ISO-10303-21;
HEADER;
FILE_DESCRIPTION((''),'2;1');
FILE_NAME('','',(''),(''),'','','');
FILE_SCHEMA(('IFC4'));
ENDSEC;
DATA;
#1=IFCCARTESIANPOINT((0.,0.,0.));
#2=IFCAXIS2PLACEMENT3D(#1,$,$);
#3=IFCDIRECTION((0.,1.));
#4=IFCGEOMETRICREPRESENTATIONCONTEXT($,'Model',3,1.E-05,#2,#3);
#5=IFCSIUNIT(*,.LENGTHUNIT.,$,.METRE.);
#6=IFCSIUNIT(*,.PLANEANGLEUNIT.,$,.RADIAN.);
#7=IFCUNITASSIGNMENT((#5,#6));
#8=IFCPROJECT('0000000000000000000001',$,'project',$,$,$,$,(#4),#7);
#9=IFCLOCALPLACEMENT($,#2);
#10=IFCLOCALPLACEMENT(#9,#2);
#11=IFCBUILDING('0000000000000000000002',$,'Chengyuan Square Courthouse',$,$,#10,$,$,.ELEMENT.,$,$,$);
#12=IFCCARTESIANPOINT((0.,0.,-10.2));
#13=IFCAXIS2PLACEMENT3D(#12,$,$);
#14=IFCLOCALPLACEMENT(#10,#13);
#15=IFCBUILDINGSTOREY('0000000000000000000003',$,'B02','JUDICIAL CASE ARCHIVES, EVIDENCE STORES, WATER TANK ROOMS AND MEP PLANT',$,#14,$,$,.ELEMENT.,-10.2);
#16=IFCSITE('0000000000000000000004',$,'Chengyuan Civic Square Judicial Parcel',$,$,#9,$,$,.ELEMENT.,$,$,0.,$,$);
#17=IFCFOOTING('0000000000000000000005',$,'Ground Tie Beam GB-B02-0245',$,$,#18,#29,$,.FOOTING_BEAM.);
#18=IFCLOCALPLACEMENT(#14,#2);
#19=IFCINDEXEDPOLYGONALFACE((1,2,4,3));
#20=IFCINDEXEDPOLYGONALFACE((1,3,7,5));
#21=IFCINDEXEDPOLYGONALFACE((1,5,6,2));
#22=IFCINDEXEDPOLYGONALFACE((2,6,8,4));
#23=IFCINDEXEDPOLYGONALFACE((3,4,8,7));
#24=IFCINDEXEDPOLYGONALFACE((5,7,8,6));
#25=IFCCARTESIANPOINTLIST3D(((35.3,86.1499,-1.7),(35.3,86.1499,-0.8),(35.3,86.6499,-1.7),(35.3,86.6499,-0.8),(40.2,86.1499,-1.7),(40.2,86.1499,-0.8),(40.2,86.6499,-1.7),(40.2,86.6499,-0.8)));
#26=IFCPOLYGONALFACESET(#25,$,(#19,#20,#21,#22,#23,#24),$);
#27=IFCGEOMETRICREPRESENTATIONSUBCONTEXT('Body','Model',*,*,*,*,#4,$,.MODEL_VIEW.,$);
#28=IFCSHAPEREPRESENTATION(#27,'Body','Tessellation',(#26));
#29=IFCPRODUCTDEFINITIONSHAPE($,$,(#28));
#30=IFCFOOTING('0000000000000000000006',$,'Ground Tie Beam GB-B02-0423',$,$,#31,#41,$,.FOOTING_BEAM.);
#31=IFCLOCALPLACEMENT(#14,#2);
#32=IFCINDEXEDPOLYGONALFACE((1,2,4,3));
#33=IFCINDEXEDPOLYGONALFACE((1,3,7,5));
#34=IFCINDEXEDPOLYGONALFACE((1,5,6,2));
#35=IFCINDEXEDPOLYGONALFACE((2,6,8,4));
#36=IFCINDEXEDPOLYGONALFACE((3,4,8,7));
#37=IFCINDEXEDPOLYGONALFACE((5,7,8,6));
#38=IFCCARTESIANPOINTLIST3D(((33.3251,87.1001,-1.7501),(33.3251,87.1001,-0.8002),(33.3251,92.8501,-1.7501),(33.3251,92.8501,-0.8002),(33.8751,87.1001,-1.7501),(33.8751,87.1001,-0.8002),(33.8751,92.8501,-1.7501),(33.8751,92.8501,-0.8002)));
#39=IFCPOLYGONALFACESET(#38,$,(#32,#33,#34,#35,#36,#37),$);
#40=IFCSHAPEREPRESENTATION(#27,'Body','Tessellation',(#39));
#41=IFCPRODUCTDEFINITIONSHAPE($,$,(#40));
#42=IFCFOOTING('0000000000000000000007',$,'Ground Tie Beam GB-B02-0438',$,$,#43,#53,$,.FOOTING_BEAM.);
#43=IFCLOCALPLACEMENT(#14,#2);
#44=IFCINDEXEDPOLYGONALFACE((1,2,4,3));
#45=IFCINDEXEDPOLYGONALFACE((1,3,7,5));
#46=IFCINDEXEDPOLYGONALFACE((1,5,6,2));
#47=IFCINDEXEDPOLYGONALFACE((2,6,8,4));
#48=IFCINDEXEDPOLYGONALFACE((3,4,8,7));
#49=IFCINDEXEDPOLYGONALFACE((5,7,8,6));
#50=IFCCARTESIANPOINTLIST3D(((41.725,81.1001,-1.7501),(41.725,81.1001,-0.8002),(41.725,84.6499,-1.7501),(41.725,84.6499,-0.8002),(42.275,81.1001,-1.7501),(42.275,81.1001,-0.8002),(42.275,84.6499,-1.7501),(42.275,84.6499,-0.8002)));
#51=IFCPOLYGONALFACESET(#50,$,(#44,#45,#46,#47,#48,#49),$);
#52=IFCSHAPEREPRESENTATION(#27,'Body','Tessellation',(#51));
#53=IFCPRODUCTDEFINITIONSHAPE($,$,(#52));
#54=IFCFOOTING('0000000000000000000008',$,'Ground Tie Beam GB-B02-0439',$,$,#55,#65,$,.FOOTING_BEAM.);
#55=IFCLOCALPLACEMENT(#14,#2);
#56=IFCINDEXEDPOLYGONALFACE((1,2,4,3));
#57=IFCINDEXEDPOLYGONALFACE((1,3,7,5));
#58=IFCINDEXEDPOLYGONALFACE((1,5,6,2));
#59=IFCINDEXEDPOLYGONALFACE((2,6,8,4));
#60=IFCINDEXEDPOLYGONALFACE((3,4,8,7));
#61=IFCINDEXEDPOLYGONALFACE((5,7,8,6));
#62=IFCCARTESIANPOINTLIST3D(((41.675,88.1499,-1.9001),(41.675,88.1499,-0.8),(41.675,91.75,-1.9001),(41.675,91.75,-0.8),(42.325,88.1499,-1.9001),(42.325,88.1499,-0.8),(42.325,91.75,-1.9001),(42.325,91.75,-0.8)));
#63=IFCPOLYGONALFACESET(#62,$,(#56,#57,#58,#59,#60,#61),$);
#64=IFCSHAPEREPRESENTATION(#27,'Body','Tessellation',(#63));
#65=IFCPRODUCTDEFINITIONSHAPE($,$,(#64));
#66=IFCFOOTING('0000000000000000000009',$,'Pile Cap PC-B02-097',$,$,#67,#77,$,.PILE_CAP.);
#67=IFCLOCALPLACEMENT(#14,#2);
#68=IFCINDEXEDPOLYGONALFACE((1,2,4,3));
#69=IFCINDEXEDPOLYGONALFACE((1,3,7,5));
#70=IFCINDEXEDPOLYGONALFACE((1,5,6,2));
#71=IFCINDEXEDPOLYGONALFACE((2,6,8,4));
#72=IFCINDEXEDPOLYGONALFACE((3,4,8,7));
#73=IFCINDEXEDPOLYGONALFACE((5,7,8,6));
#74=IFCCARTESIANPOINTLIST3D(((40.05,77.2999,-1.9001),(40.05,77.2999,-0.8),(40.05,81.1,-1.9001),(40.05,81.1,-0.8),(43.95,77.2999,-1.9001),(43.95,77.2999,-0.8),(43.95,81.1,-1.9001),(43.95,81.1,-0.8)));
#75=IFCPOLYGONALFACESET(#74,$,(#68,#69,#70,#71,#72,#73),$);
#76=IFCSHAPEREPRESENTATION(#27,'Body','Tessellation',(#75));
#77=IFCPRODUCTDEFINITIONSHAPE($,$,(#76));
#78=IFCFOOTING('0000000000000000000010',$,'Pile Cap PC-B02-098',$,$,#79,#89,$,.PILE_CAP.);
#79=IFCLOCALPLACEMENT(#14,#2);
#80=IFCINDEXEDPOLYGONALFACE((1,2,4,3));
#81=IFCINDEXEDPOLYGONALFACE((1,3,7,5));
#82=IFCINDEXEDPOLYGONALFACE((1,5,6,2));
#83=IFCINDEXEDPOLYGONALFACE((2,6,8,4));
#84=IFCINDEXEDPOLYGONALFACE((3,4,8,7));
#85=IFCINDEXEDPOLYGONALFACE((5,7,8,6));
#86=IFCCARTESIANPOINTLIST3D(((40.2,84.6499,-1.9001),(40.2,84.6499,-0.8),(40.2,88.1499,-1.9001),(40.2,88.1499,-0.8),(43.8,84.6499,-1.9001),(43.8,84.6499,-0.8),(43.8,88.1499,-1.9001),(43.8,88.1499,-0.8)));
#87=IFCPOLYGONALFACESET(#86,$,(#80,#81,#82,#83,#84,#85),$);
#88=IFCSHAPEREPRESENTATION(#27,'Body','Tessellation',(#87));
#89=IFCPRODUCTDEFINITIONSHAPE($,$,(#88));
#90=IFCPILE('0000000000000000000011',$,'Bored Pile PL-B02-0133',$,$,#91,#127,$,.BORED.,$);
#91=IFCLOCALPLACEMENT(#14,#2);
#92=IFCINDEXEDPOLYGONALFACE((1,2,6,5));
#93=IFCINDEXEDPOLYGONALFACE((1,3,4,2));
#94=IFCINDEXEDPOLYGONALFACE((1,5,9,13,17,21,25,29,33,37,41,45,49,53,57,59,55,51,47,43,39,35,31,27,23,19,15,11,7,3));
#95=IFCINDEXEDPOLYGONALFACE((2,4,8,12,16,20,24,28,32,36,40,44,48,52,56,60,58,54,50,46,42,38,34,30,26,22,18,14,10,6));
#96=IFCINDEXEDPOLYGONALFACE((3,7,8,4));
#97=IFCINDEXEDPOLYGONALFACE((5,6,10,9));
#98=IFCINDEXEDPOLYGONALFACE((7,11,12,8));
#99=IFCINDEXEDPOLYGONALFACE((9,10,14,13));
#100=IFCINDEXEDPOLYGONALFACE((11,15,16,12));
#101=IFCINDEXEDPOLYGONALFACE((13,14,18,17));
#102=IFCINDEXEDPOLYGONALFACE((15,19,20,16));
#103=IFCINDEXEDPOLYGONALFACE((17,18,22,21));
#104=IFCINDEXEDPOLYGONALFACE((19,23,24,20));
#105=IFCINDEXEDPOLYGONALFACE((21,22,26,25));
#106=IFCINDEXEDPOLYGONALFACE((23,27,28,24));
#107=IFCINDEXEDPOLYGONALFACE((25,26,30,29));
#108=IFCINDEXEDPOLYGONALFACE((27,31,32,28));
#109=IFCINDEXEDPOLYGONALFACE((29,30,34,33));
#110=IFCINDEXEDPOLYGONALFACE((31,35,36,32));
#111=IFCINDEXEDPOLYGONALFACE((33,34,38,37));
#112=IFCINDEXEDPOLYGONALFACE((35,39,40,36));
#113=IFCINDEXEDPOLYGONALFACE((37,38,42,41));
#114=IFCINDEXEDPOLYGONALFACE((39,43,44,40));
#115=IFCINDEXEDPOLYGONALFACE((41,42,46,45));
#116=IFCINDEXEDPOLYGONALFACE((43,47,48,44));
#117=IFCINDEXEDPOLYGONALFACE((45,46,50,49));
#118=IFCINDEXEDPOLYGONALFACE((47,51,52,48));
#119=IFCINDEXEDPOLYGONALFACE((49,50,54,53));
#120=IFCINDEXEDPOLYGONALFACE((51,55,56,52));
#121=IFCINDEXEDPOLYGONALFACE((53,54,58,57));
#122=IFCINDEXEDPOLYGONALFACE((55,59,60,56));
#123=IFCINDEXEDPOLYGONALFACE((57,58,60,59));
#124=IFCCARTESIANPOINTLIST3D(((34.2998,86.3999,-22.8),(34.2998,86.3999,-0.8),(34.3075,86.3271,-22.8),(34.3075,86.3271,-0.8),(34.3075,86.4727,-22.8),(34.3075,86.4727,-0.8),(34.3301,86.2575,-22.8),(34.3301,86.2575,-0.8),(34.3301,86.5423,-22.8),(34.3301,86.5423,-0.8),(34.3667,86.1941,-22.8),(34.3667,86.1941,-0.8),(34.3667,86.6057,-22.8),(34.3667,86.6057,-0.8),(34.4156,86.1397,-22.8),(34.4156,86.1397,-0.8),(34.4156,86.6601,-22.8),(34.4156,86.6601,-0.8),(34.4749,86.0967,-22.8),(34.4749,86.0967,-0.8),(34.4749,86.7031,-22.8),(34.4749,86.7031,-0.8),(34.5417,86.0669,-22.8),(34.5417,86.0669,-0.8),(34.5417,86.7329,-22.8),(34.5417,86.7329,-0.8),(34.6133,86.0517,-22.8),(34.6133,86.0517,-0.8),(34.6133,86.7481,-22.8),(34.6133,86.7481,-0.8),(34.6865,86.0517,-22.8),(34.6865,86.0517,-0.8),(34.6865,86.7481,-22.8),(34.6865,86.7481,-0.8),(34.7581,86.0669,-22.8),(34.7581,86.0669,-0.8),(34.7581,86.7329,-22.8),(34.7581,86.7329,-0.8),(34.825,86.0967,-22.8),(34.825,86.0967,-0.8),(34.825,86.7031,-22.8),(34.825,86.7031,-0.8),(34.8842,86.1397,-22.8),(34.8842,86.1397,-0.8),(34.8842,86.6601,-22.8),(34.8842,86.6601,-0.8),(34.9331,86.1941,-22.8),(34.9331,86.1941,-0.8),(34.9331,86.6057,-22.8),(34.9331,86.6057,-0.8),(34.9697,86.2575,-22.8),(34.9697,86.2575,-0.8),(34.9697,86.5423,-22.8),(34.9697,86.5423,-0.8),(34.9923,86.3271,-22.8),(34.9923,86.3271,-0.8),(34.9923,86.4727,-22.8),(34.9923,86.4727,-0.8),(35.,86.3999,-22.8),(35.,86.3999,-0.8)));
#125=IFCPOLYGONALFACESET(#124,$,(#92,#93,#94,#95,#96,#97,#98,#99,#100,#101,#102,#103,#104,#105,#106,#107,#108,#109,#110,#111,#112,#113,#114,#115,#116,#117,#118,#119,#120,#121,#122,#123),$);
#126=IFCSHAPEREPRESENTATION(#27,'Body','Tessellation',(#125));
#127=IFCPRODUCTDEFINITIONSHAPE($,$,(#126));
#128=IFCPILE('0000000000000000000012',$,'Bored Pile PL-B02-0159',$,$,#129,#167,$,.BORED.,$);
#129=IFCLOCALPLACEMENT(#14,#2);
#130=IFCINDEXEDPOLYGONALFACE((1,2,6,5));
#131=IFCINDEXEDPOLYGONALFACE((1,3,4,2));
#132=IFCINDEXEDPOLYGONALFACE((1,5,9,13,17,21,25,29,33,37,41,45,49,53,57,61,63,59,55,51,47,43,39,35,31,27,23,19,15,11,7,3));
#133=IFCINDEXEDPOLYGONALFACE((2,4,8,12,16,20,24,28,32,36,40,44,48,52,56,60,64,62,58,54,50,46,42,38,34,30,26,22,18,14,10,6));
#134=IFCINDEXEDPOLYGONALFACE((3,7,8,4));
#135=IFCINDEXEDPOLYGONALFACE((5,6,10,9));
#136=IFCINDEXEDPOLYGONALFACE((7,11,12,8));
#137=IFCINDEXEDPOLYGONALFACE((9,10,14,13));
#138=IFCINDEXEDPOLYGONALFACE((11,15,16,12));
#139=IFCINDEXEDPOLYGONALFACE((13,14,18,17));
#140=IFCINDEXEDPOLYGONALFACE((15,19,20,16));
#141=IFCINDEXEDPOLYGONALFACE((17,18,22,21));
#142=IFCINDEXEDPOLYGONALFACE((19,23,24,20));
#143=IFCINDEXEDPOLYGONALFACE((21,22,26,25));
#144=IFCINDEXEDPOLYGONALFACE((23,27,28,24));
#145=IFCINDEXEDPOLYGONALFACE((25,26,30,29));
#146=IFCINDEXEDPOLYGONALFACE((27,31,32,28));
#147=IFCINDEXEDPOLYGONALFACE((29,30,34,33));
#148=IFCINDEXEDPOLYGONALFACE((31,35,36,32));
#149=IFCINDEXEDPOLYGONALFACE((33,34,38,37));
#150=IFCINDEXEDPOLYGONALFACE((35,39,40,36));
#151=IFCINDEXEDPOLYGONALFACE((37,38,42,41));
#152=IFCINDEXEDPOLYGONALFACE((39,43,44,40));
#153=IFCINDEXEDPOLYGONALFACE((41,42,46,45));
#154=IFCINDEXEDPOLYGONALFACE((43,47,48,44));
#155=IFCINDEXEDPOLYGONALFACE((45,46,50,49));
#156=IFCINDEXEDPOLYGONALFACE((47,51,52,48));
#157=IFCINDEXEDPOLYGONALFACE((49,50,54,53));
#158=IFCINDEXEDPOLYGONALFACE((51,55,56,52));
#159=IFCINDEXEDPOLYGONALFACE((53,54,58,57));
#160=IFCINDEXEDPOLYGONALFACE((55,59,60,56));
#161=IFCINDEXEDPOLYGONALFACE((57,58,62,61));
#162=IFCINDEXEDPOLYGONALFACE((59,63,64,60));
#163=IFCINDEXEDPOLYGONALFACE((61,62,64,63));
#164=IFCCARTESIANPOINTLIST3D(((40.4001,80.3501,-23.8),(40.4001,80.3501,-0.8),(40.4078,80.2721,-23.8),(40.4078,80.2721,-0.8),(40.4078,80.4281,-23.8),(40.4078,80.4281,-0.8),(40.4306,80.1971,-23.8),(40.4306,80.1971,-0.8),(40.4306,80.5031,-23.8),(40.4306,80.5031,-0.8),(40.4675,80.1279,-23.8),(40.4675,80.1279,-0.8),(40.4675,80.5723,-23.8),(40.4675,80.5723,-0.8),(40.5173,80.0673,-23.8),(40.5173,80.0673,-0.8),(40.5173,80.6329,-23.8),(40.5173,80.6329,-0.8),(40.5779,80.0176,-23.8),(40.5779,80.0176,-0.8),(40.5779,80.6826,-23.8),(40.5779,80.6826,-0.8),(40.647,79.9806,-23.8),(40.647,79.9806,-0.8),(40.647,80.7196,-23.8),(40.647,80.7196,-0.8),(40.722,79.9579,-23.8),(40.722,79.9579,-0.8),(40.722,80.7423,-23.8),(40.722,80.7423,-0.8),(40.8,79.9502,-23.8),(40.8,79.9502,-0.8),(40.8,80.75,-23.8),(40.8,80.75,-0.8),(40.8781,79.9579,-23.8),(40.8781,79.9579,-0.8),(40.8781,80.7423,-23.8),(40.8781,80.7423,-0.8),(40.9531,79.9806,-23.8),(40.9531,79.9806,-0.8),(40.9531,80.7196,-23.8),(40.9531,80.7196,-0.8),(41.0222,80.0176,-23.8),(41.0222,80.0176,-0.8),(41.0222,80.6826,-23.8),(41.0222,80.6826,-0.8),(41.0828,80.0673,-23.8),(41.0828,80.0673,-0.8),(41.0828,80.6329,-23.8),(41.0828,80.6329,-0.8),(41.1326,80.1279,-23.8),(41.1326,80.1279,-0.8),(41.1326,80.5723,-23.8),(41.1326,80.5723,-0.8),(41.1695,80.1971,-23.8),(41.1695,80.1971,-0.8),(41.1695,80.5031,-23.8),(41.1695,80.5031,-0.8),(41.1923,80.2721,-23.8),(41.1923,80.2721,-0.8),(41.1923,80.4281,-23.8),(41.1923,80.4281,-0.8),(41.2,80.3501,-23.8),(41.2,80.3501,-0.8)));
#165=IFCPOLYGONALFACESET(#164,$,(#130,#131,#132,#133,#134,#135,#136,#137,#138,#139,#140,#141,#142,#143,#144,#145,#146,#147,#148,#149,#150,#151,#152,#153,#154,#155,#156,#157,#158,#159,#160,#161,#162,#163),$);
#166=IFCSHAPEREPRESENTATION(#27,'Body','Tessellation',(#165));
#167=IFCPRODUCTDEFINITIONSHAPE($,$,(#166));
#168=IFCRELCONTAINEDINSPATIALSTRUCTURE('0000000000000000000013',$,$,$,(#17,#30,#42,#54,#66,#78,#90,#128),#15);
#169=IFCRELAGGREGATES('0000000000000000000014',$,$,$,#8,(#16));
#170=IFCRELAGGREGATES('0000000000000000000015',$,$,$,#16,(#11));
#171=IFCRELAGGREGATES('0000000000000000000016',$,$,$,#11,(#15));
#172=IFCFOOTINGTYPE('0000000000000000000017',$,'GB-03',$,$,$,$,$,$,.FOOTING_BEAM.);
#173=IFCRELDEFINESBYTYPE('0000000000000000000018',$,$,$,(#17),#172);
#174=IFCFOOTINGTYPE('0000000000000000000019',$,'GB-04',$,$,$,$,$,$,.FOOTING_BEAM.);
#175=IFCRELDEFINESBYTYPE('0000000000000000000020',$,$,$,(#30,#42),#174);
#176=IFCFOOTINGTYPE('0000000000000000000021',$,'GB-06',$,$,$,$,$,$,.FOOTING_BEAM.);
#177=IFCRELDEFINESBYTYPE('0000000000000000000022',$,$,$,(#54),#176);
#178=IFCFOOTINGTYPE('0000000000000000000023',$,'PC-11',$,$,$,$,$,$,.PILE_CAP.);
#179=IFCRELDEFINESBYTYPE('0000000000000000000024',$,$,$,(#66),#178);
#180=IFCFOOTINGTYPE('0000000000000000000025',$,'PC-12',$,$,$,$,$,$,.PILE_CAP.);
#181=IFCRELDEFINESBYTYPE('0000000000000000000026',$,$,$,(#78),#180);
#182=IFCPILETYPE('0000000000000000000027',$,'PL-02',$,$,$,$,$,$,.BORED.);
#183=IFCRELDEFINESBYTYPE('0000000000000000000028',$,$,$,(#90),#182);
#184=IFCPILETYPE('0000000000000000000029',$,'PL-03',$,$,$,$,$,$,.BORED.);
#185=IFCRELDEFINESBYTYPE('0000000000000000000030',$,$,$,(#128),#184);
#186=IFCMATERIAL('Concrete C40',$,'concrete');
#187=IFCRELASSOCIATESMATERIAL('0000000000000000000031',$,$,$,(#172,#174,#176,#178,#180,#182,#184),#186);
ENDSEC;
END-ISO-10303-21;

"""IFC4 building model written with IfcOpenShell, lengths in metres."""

from ifc_helpers import new_model, si_unit, direction, frame, origin, origin_2d, place, context, subcontext, project, spatial, rectangle, circle, extrude, material, material_profile, profile_set, type_object, element, save


model = new_model("IFC4")

# Units and contexts
model_context = context("Model", 3, precision=1e-05, world=origin(), true_north=direction((0.0, 1.0)))
body_context = subcontext(model_context, "Body", "Model", "MODEL_VIEW")
ifc_project = project(units=[si_unit("LENGTHUNIT", "METRE"), si_unit("PLANEANGLEUNIT", "RADIAN")], contexts=[model_context])

# Site, building, storey
site_placement = place(None, origin())
site = spatial("IfcSite", under=ifc_project, at=site_placement, Name="Chengyuan Civic Square Judicial Parcel", CompositionType="ELEMENT", RefElevation=0.0)
building_placement = place(site_placement, origin())
building = spatial("IfcBuilding", under=site, at=building_placement, Name="Chengyuan Square Courthouse", CompositionType="ELEMENT")
storey_placement = place(building_placement, frame((0.0, 0.0, -10.2)))
storey = spatial("IfcBuildingStorey", under=building, at=storey_placement, Name="B02", Description="JUDICIAL CASE ARCHIVES, EVIDENCE STORES, WATER TANK ROOMS AND MEP PLANT", CompositionType="ELEMENT", Elevation=-10.2)

# Footings
ifc_material_1 = material(Name="Concrete C40", Category="concrete")
ifc_material_profile_1 = material_profile(ifc_material_1, rectangle(XDim=0.5, YDim=0.8999, at=origin_2d()), Name="GB-500x900")
ifc_profile_set_1 = profile_set([ifc_material_profile_1], Name="Concrete C40")
footing_type_1 = type_object("IfcFootingType", Name="GB-03", PredefinedType="FOOTING_BEAM", material=ifc_profile_set_1)
footing_1_placement = place(storey_placement, frame((35.3, 86.3999, -1.25), z_axis=(1.0, 0.0, 0.0), x_axis=(0.0, 1.0, 0.0)))
element("IfcFooting", 1, at=footing_1_placement, inside=storey, type_object=footing_type_1, Name="Ground Tie Beam GB-B02-0245", PredefinedType="FOOTING_BEAM", context=body_context, shape_type="SweptSolid", body=[
    extrude(rectangle(XDim=0.5, YDim=0.8999, at=origin_2d()), origin(), (0.0, 0.0, 1.0), 4.8999),
])
ifc_material_profile_2 = material_profile(ifc_material_1, rectangle(XDim=0.55, YDim=0.95, at=origin_2d()), Name="GB-550x950")
ifc_profile_set_2 = profile_set([ifc_material_profile_2], Name="Concrete C40")
footing_type_2 = type_object("IfcFootingType", Name="GB-04", PredefinedType="FOOTING_BEAM", material=ifc_profile_set_2)
footing_2_placement = place(storey_placement, frame((33.6001, 87.1001, -1.2751), z_axis=(0.0, 1.0, 0.0), x_axis=(-1.0, 0.0, 0.0)))
element("IfcFooting", 2, at=footing_2_placement, inside=storey, type_object=footing_type_2, Name="Ground Tie Beam GB-B02-0423", PredefinedType="FOOTING_BEAM", context=body_context, shape_type="SweptSolid", body=[
    extrude(rectangle(XDim=0.55, YDim=0.95, at=origin_2d()), origin(), (0.0, 0.0, 1.0), 5.75),
])
footing_3_placement = place(storey_placement, frame((42.0, 81.1001, -1.2751), z_axis=(0.0, 1.0, 0.0), x_axis=(-1.0, 0.0, 0.0)))
element("IfcFooting", 3, at=footing_3_placement, inside=storey, type_object=footing_type_2, Name="Ground Tie Beam GB-B02-0438", PredefinedType="FOOTING_BEAM", context=body_context, shape_type="SweptSolid", body=[
    extrude(rectangle(XDim=0.55, YDim=0.95, at=origin_2d()), origin(), (0.0, 0.0, 1.0), 3.5498),
])
ifc_material_profile_3 = material_profile(ifc_material_1, rectangle(XDim=0.6499, YDim=1.1001, at=origin_2d()), Name="GB-650x1100")
ifc_profile_set_3 = profile_set([ifc_material_profile_3], Name="Concrete C40")
footing_type_3 = type_object("IfcFootingType", Name="GB-06", PredefinedType="FOOTING_BEAM", material=ifc_profile_set_3)
footing_4_placement = place(storey_placement, frame((42.0, 88.1499, -1.3501), z_axis=(0.0, 1.0, 0.0), x_axis=(-1.0, 0.0, 0.0)))
element("IfcFooting", 4, at=footing_4_placement, inside=storey, type_object=footing_type_3, Name="Ground Tie Beam GB-B02-0439", PredefinedType="FOOTING_BEAM", context=body_context, shape_type="SweptSolid", body=[
    extrude(rectangle(XDim=0.6499, YDim=1.1001, at=origin_2d()), origin(), (0.0, 0.0, 1.0), 3.6001),
])
footing_type_4 = type_object("IfcFootingType", Name="PC-11", PredefinedType="PILE_CAP", material=ifc_material_1)
footing_5_placement = place(storey_placement, frame((42.0, 79.2, -1.9001), z_axis=(0.0, 0.0, 1.0), x_axis=(1.0, 0.0, 0.0)))
element("IfcFooting", 5, at=footing_5_placement, inside=storey, type_object=footing_type_4, Name="Pile Cap PC-B02-097", PredefinedType="PILE_CAP", context=body_context, shape_type="SweptSolid", body=[
    extrude(rectangle(XDim=3.8999, YDim=3.8, at=origin_2d()), origin(), (0.0, 0.0, 1.0), 1.1001),
])
footing_type_5 = type_object("IfcFootingType", Name="PC-12", PredefinedType="PILE_CAP", material=ifc_material_1)
footing_6_placement = place(storey_placement, frame((42.0, 86.3999, -1.9001), z_axis=(0.0, 0.0, 1.0), x_axis=(1.0, 0.0, 0.0)))
element("IfcFooting", 6, at=footing_6_placement, inside=storey, type_object=footing_type_5, Name="Pile Cap PC-B02-098", PredefinedType="PILE_CAP", context=body_context, shape_type="SweptSolid", body=[
    extrude(rectangle(XDim=3.6001, YDim=3.5, at=origin_2d()), origin(), (0.0, 0.0, 1.0), 1.1001),
])

# Piles
ifc_material_profile_4 = material_profile(ifc_material_1, circle(Radius=0.3501, at=origin_2d()), Name="BORED PILE D700")
ifc_profile_set_4 = profile_set([ifc_material_profile_4], Name="Concrete C40")
pile_type_1 = type_object("IfcPileType", Name="PL-02", PredefinedType="BORED", material=ifc_profile_set_4)
pile_placement = place(storey_placement, frame((34.6499, 86.3999, -0.8), z_axis=(0.0, 0.0, -1.0), x_axis=(1.0, 0.0, 0.0)))
element("IfcPile", 7, at=pile_placement, inside=storey, type_object=pile_type_1, Name="Bored Pile PL-B02-0133", PredefinedType="BORED", context=body_context, shape_type="SweptSolid", body=[
    extrude(circle(Radius=0.3501, at=origin_2d()), origin(), (0.0, 0.0, 1.0), 22.0),
])
ifc_material_profile_5 = material_profile(ifc_material_1, circle(Radius=0.3999, at=origin_2d()), Name="BORED PILE D800")
ifc_profile_set_5 = profile_set([ifc_material_profile_5], Name="Concrete C40")
pile_type_2 = type_object("IfcPileType", Name="PL-03", PredefinedType="BORED", material=ifc_profile_set_5)
for number, where, z_axis, x_axis, name in (
    (8, (40.8, 80.3501, -0.8), (0.0, 0.0, -1.0), (1.0, 0.0, 0.0), "Bored Pile PL-B02-0159"),
):
    element("IfcPile", number, at=place(storey_placement, frame(where, z_axis=z_axis, x_axis=x_axis)), inside=storey, type_object=pile_type_2, Name=name, PredefinedType="BORED", context=body_context, shape_type="SweptSolid", body=[
        extrude(circle(Radius=0.3999, at=origin_2d()), origin(), (0.0, 0.0, 1.0), 23.0),
    ])

save(model, "model.ifc")
